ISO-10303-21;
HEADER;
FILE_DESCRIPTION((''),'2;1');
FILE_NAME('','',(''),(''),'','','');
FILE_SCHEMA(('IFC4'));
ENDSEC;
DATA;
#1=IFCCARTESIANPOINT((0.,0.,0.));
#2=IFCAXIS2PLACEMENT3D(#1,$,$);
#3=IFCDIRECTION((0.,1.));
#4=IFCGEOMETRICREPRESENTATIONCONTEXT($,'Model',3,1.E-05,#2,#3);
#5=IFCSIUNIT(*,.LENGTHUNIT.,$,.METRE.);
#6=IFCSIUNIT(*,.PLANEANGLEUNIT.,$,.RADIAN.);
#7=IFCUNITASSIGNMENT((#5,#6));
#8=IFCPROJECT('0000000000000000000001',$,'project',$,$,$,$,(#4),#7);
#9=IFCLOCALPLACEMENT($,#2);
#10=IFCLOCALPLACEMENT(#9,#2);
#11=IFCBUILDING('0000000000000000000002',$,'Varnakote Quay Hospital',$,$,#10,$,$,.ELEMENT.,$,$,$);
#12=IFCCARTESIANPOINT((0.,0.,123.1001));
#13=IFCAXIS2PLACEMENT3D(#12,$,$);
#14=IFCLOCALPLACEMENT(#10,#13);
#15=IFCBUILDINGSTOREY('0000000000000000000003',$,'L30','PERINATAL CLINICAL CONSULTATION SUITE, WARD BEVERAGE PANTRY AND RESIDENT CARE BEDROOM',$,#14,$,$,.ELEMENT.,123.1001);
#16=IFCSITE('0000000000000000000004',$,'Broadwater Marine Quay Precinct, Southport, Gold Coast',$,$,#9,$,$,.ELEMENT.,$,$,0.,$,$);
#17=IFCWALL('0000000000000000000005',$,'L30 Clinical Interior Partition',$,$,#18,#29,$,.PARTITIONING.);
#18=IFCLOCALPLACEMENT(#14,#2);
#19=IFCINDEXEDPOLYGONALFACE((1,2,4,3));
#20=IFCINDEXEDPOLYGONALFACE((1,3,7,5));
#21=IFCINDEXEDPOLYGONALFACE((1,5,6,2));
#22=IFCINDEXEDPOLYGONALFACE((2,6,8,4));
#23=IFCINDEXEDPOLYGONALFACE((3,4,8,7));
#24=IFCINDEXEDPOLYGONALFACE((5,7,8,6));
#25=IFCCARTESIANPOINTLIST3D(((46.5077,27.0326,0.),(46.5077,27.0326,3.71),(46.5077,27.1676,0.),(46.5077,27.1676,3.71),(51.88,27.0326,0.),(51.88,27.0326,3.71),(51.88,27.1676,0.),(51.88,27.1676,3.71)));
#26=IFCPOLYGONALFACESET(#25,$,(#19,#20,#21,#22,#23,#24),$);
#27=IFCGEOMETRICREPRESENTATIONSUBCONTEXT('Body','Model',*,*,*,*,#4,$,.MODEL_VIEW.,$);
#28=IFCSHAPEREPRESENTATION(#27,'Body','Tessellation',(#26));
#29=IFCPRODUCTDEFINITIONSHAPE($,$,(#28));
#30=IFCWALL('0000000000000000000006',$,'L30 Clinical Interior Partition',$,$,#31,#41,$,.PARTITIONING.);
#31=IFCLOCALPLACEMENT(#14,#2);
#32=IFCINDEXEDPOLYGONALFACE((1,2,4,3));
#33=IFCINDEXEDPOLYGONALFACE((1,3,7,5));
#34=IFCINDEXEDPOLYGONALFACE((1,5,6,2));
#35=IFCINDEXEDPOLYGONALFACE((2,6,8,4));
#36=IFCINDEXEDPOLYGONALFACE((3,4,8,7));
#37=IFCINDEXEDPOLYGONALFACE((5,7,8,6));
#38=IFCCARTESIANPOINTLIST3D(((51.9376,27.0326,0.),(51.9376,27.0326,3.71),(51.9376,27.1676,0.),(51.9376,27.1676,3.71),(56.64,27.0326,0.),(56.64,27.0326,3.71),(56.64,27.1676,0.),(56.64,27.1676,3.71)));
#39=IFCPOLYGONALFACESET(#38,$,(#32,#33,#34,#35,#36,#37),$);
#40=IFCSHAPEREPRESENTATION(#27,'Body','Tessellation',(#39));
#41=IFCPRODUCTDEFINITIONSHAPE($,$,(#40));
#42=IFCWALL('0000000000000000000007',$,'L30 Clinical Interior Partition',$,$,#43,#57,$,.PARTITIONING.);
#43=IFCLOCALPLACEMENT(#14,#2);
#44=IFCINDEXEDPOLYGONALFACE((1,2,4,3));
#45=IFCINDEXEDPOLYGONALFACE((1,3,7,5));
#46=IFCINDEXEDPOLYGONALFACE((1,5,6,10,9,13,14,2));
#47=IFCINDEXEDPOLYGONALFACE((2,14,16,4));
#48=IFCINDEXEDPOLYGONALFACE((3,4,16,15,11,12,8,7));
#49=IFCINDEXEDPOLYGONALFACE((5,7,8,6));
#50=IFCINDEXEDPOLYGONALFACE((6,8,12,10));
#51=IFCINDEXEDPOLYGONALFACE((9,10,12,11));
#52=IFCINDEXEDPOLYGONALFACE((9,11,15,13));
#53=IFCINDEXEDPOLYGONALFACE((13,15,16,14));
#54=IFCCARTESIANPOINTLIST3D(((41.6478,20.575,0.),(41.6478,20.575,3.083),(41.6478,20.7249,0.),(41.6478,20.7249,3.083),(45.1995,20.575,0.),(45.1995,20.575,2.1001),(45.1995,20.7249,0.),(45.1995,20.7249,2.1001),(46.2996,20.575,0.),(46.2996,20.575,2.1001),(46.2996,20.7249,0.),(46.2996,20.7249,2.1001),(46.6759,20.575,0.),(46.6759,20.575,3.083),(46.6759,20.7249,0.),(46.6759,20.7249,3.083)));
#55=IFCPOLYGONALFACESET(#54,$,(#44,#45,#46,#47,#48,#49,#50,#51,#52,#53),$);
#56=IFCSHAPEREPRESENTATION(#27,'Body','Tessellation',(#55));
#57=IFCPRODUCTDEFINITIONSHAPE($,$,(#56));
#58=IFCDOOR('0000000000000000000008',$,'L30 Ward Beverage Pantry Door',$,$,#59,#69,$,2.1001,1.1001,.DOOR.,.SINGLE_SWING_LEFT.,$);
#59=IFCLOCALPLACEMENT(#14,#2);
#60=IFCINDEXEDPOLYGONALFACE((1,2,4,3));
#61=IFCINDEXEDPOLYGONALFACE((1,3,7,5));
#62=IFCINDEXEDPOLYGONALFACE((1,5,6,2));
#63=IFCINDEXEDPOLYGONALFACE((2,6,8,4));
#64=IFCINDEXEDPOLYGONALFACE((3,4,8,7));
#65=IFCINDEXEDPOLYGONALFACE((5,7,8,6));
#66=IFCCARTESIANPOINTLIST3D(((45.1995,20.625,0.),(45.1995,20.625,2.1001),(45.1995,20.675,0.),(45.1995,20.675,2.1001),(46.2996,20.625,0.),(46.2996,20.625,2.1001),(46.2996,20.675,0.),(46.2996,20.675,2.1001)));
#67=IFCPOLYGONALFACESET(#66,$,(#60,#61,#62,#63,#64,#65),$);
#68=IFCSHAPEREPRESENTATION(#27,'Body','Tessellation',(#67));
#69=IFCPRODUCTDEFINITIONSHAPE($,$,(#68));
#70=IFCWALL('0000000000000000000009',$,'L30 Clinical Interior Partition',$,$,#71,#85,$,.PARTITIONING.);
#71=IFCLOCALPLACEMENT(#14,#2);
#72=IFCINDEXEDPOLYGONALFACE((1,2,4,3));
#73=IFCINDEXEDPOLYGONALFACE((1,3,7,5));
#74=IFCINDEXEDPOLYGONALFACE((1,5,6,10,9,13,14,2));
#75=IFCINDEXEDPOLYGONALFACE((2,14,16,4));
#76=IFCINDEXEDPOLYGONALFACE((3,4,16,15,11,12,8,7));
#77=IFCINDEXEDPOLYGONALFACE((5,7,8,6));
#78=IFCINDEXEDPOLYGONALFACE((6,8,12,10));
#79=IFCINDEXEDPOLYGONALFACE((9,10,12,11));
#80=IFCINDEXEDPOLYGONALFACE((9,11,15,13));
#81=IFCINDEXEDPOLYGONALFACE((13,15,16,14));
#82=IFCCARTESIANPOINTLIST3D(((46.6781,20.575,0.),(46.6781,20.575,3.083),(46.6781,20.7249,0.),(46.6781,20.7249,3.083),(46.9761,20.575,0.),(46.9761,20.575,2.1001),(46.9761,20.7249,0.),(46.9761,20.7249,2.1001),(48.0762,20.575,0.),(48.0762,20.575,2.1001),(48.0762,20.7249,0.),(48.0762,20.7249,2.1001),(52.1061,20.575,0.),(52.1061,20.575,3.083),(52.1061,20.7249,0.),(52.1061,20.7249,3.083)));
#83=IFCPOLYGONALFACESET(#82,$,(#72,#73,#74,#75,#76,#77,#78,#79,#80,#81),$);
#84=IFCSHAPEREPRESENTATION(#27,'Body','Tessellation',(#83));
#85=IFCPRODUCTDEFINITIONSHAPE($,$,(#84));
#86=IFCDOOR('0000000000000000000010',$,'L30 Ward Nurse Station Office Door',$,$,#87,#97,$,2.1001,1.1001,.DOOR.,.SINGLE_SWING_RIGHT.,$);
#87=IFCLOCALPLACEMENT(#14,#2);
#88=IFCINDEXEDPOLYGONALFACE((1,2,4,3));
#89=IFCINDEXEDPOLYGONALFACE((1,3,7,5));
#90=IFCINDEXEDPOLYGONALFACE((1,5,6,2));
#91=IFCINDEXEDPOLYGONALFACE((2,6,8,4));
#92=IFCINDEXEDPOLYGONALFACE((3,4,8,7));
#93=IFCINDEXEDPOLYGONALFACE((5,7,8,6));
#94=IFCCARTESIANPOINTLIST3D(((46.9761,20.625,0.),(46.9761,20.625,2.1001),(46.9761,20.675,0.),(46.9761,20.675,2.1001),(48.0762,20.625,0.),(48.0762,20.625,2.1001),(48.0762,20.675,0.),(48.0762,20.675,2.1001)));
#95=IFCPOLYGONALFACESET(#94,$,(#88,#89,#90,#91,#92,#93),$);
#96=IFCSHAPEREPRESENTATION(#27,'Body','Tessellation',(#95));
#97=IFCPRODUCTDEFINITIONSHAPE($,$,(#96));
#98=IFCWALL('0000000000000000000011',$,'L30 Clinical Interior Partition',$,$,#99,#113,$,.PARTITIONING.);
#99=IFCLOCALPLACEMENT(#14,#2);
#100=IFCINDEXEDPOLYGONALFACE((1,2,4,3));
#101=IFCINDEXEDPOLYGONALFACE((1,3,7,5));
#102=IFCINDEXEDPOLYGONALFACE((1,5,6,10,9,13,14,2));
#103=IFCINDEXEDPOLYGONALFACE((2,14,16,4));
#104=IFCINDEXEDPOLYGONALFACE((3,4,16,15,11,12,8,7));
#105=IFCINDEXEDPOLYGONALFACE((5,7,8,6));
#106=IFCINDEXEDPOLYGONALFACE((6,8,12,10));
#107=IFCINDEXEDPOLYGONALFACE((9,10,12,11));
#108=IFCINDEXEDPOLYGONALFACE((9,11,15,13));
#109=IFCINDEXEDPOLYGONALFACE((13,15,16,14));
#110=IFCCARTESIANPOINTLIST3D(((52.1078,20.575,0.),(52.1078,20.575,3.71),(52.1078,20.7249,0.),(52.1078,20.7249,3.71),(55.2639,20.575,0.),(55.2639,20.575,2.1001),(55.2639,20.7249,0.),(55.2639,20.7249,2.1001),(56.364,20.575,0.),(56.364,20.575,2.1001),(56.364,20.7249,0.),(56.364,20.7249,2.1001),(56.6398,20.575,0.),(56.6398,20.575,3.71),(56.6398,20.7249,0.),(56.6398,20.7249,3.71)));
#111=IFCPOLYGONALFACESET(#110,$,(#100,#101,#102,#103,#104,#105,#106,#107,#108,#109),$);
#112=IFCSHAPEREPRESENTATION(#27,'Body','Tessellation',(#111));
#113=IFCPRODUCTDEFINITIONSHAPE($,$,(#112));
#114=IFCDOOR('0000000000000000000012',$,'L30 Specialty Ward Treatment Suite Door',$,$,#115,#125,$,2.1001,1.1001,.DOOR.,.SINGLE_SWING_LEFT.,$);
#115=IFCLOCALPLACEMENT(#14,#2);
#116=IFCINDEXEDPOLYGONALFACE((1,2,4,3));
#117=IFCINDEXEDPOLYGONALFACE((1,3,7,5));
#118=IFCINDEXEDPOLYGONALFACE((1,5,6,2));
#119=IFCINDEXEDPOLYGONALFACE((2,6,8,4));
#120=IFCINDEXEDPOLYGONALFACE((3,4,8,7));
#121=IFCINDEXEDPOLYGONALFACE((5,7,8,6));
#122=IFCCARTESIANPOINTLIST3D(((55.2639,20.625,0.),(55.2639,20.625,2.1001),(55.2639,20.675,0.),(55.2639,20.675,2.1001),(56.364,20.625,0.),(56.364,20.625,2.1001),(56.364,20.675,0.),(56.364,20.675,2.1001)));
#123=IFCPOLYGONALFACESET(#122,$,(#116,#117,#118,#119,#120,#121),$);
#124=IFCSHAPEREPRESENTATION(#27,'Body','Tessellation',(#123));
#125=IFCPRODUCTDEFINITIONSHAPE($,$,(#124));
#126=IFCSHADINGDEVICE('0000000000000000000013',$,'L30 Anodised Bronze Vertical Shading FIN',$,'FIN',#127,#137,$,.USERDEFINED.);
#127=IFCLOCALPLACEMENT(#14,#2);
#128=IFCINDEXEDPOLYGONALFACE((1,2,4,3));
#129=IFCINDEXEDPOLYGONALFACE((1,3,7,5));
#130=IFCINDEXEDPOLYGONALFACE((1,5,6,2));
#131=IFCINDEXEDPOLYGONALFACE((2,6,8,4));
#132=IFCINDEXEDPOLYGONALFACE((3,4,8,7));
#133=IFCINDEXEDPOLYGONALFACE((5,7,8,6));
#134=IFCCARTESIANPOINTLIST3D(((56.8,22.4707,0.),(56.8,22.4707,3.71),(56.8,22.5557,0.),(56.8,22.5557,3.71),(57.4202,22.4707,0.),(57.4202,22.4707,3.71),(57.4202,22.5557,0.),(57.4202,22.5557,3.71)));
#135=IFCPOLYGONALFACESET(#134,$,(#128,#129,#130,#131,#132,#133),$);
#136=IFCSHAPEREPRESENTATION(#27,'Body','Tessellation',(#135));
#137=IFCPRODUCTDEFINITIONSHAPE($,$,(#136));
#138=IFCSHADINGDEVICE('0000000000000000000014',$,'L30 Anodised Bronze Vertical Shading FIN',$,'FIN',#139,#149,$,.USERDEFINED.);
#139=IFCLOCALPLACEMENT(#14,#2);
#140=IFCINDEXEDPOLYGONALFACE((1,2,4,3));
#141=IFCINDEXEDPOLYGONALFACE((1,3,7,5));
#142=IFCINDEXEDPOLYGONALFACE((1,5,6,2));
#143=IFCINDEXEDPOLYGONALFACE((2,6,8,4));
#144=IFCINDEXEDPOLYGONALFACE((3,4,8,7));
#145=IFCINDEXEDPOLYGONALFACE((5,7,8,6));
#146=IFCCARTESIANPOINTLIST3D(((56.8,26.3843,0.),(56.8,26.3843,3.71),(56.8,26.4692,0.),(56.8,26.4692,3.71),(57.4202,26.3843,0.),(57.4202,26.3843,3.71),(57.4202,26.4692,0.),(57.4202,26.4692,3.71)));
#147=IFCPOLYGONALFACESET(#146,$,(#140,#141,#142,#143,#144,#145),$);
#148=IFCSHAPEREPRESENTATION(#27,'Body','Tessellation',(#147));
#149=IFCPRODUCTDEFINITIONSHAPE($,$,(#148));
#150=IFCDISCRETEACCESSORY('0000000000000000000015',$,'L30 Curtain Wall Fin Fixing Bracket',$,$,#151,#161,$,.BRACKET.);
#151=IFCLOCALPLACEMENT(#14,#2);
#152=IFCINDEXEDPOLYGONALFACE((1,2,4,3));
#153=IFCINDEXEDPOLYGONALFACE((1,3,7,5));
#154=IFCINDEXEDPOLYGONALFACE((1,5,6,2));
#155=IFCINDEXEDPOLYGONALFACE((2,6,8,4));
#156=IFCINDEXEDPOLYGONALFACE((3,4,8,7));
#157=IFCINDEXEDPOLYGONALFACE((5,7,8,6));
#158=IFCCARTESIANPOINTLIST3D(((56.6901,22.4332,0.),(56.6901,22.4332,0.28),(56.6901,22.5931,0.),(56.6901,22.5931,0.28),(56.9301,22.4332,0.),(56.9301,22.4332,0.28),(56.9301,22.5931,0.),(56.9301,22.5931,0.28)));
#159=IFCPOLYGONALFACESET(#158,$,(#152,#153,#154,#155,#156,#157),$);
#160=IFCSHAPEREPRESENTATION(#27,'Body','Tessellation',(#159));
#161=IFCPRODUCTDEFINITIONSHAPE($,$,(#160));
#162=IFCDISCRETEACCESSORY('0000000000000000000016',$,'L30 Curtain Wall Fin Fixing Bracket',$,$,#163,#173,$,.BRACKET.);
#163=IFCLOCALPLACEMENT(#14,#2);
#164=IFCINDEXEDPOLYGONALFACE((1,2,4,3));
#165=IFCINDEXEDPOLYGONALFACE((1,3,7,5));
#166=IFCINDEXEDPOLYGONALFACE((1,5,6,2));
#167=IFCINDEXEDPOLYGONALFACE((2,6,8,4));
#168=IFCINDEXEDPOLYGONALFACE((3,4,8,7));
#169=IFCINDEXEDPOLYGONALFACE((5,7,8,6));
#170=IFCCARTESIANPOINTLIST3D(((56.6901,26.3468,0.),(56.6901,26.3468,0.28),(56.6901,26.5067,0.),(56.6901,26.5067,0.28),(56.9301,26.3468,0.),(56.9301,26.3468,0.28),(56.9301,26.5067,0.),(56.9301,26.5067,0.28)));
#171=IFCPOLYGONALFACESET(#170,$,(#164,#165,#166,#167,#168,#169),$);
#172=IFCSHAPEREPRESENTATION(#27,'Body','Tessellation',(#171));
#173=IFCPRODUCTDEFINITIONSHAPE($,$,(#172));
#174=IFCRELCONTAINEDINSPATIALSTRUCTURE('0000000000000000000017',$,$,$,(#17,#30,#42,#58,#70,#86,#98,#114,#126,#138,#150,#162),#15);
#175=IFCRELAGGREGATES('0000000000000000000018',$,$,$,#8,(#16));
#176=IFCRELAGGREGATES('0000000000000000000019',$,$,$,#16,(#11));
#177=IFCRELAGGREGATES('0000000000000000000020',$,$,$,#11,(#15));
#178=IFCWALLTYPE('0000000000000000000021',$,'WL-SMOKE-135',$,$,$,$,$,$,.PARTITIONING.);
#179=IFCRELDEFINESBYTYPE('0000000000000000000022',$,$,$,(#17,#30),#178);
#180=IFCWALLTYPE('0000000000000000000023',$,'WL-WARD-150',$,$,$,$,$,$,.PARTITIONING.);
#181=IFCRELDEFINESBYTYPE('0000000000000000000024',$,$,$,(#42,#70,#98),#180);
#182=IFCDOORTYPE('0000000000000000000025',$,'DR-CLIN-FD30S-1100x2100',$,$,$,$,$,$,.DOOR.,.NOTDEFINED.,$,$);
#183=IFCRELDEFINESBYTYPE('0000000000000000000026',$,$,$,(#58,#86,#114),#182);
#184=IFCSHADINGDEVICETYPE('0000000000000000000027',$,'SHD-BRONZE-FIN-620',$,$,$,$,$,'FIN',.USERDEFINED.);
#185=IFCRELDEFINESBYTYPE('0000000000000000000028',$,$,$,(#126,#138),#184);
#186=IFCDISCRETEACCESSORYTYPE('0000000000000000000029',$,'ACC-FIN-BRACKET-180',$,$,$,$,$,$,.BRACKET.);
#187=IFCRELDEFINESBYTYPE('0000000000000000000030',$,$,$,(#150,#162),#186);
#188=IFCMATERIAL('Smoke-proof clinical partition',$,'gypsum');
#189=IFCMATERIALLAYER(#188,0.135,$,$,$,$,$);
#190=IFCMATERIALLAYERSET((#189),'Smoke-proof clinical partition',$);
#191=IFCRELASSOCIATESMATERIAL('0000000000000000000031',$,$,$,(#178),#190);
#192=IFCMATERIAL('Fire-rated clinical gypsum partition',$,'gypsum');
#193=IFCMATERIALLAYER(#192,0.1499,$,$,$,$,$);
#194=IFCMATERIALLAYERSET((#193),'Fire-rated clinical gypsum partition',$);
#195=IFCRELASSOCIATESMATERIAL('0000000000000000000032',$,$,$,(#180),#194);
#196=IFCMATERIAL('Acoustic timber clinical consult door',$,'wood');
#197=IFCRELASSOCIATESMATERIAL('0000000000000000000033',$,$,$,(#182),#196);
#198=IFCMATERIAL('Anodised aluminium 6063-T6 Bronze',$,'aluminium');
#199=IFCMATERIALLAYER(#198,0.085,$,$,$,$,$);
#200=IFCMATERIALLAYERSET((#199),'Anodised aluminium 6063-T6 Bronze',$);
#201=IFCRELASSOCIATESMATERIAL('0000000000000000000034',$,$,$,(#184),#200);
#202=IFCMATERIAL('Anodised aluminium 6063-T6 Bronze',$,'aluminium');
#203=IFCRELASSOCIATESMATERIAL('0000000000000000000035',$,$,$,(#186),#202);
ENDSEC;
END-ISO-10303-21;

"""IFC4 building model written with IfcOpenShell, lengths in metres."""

from ifc_helpers import new_model, si_unit, direction, frame, frame_2d, origin, origin_2d, place, context, subcontext, project, spatial, rectangle, extrude, material, layer, layer_set, type_object, element, fill, save


model = new_model("IFC4")

# Units and contexts
model_context = context("Model", 3, precision=1e-05, world=origin(), true_north=direction((0.0, 1.0)))
body_context = subcontext(model_context, "Body", "Model", "MODEL_VIEW")
ifc_project = project(units=[si_unit("LENGTHUNIT", "METRE"), si_unit("PLANEANGLEUNIT", "RADIAN")], contexts=[model_context])

# Site, building, storey
site_placement = place(None, origin())
site = spatial("IfcSite", under=ifc_project, at=site_placement, Name="Broadwater Marine Quay Precinct, Southport, Gold Coast", CompositionType="ELEMENT", RefElevation=0.0)
building_placement = place(site_placement, origin())
building = spatial("IfcBuilding", under=site, at=building_placement, Name="Varnakote Quay Hospital", CompositionType="ELEMENT")
storey_placement = place(building_placement, frame((0.0, 0.0, 123.1001)))
storey = spatial("IfcBuildingStorey", under=building, at=storey_placement, Name="L30", Description="PERINATAL CLINICAL CONSULTATION SUITE, WARD BEVERAGE PANTRY AND RESIDENT CARE BEDROOM", CompositionType="ELEMENT", Elevation=123.1001)

# Walls
ifc_material_1 = material(Name="Smoke-proof clinical partition", Category="gypsum")
ifc_layer_1 = layer(ifc_material_1, 0.135)
ifc_layer_set_1 = layer_set([ifc_layer_1], Name="Smoke-proof clinical partition")
wall_type_1 = type_object("IfcWallType", Name="WL-SMOKE-135", PredefinedType="PARTITIONING", material=ifc_layer_set_1)
wall_1_placement = place(storey_placement, frame((51.8799, 27.1001, 0.0), z_axis=(0.0, 0.0, 1.0), x_axis=(-1.0, 0.0, 0.0)))
element("IfcWall", 1, at=wall_1_placement, inside=storey, type_object=wall_type_1, Name="L30 Clinical Interior Partition", PredefinedType="PARTITIONING", context=body_context, shape_type="SweptSolid", body=[
    extrude(rectangle(XDim=5.3723, YDim=0.135, at=frame_2d((2.686, 0.0))), origin(), (0.0, 0.0, 1.0), 3.71),
])
wall_2_placement = place(storey_placement, frame((56.6399, 27.1001, 0.0), z_axis=(0.0, 0.0, 1.0), x_axis=(-1.0, 0.0, 0.0)))
element("IfcWall", 2, at=wall_2_placement, inside=storey, type_object=wall_type_1, Name="L30 Clinical Interior Partition", PredefinedType="PARTITIONING", context=body_context, shape_type="SweptSolid", body=[
    extrude(rectangle(XDim=4.7024, YDim=0.135, at=frame_2d((2.3511, 0.0))), origin(), (0.0, 0.0, 1.0), 3.71),
])

# Walls, openings, doors
ifc_material_2 = material(Name="Fire-rated clinical gypsum partition", Category="gypsum")
ifc_layer_2 = layer(ifc_material_2, 0.1499)
ifc_layer_set_2 = layer_set([ifc_layer_2], Name="Fire-rated clinical gypsum partition")
wall_type_2 = type_object("IfcWallType", Name="WL-WARD-150", PredefinedType="PARTITIONING", material=ifc_layer_set_2)
wall_3_placement = place(storey_placement, frame((46.676, 20.6499, 0.0), z_axis=(0.0, 0.0, 1.0), x_axis=(-1.0, 0.0, 0.0)))
wall_3 = element("IfcWall", 3, at=wall_3_placement, inside=storey, type_object=wall_type_2, Name="L30 Clinical Interior Partition", PredefinedType="PARTITIONING", context=body_context, shape_type="SweptSolid", body=[
    extrude(rectangle(XDim=5.0281, YDim=0.1499, at=frame_2d((2.5142, 0.0))), origin(), (0.0, 0.0, 1.0), 3.083),
])
opening_1_placement = place(wall_3_placement, frame((0.3765, 0.0, 0.0)))
opening_1 = element("IfcOpeningElement", 4, at=opening_1_placement, cuts=wall_3, PredefinedType="OPENING", context=body_context, shape_type="SweptSolid", body=[
    extrude(rectangle(XDim=1.1001, YDim=2.1001, at=frame_2d((0.55, 1.05))), frame((0.0, 0.085, 0.0), z_axis=(0.0, -1.0, 0.0), x_axis=(1.0, 0.0, 0.0)), (0.0, 0.0, 1.0), 0.1699),
])
ifc_material_3 = material(Name="Acoustic timber clinical consult door", Category="wood")
door_type = type_object("IfcDoorType", Name="DR-CLIN-FD30S-1100x2100", OperationType="NOTDEFINED", PredefinedType="DOOR", material=ifc_material_3)
door_1_placement = place(opening_1_placement, origin())
door_1 = element("IfcDoor", 5, at=door_1_placement, inside=storey, type_object=door_type, Name="L30 Ward Beverage Pantry Door", OperationType="SINGLE_SWING_LEFT", OverallHeight=2.1001, OverallWidth=1.1001, PredefinedType="DOOR", context=body_context, shape_type="SweptSolid", body=[
    extrude(rectangle(XDim=1.1001, YDim=2.1001, at=frame_2d((0.55, 1.05))), frame((0.0, 0.0249, 0.0), z_axis=(0.0, -1.0, 0.0), x_axis=(1.0, 0.0, 0.0)), (0.0, 0.0, 1.0), 0.05),
])
fill(opening_1, door_1)
wall_4_placement = place(storey_placement, frame((52.106, 20.6499, 0.0), z_axis=(0.0, 0.0, 1.0), x_axis=(-1.0, 0.0, 0.0)))
wall_4 = element("IfcWall", 6, at=wall_4_placement, inside=storey, type_object=wall_type_2, Name="L30 Clinical Interior Partition", PredefinedType="PARTITIONING", context=body_context, shape_type="SweptSolid", body=[
    extrude(rectangle(XDim=5.428, YDim=0.1499, at=frame_2d((2.7139, 0.0))), origin(), (0.0, 0.0, 1.0), 3.083),
])
opening_2_placement = place(wall_4_placement, frame((4.0298, 0.0, 0.0)))
opening_2 = element("IfcOpeningElement", 7, at=opening_2_placement, cuts=wall_4, PredefinedType="OPENING", context=body_context, shape_type="SweptSolid", body=[
    extrude(rectangle(XDim=1.1001, YDim=2.1001, at=frame_2d((0.55, 1.05))), frame((0.0, 0.085, 0.0), z_axis=(0.0, -1.0, 0.0), x_axis=(1.0, 0.0, 0.0)), (0.0, 0.0, 1.0), 0.1699),
])
door_2_placement = place(opening_2_placement, origin())
door_2 = element("IfcDoor", 8, at=door_2_placement, inside=storey, type_object=door_type, Name="L30 Ward Nurse Station Office Door", OperationType="SINGLE_SWING_RIGHT", OverallHeight=2.1001, OverallWidth=1.1001, PredefinedType="DOOR", context=body_context, shape_type="SweptSolid", body=[
    extrude(rectangle(XDim=1.1001, YDim=2.1001, at=frame_2d((0.55, 1.05))), frame((0.0, 0.0249, 0.0), z_axis=(0.0, -1.0, 0.0), x_axis=(1.0, 0.0, 0.0)), (0.0, 0.0, 1.0), 0.05),
])
fill(opening_2, door_2)
wall_5_placement = place(storey_placement, frame((56.6399, 20.6499, 0.0), z_axis=(0.0, 0.0, 1.0), x_axis=(-1.0, 0.0, 0.0)))
wall_5 = element("IfcWall", 9, at=wall_5_placement, inside=storey, type_object=wall_type_2, Name="L30 Clinical Interior Partition", PredefinedType="PARTITIONING", context=body_context, shape_type="SweptSolid", body=[
    extrude(rectangle(XDim=4.532, YDim=0.1499, at=frame_2d((2.2661, 0.0))), origin(), (0.0, 0.0, 1.0), 3.71),
])
opening_3_placement = place(wall_5_placement, frame((0.2759, 0.0, 0.0)))
opening_3 = element("IfcOpeningElement", 10, at=opening_3_placement, cuts=wall_5, PredefinedType="OPENING", context=body_context, shape_type="SweptSolid", body=[
    extrude(rectangle(XDim=1.1001, YDim=2.1001, at=frame_2d((0.55, 1.05))), frame((0.0, 0.085, 0.0), z_axis=(0.0, -1.0, 0.0), x_axis=(1.0, 0.0, 0.0)), (0.0, 0.0, 1.0), 0.1699),
])
door_3_placement = place(opening_3_placement, origin())
door_3 = element("IfcDoor", 11, at=door_3_placement, inside=storey, type_object=door_type, Name="L30 Specialty Ward Treatment Suite Door", OperationType="SINGLE_SWING_LEFT", OverallHeight=2.1001, OverallWidth=1.1001, PredefinedType="DOOR", context=body_context, shape_type="SweptSolid", body=[
    extrude(rectangle(XDim=1.1001, YDim=2.1001, at=frame_2d((0.55, 1.05))), frame((0.0, 0.0249, 0.0), z_axis=(0.0, -1.0, 0.0), x_axis=(1.0, 0.0, 0.0)), (0.0, 0.0, 1.0), 0.05),
])
fill(opening_3, door_3)

# Shading devices
ifc_material_4 = material(Name="Anodised aluminium 6063-T6 Bronze", Category="aluminium")
ifc_layer_3 = layer(ifc_material_4, 0.085)
ifc_layer_set_3 = layer_set([ifc_layer_3], Name="Anodised aluminium 6063-T6 Bronze")
shading_device_type = type_object("IfcShadingDeviceType", Name="SHD-BRONZE-FIN-620", ElementType="FIN", PredefinedType="USERDEFINED", material=ifc_layer_set_3)
for number, where, z_axis, x_axis, name in (
    (12, (57.1101, 22.5132, 0.0), (0.0, 0.0, 1.0), (-1.0, 0.0, 0.0), "L30 Anodised Bronze Vertical Shading FIN"),
    (13, (57.1101, 26.4268, 0.0), (0.0, 0.0, 1.0), (-1.0, 0.0, 0.0), "L30 Anodised Bronze Vertical Shading FIN"),
):
    element("IfcShadingDevice", number, at=place(storey_placement, frame(where, z_axis=z_axis, x_axis=x_axis)), inside=storey, type_object=shading_device_type, Name=name, ObjectType="FIN", PredefinedType="USERDEFINED", context=body_context, shape_type="SweptSolid", body=[
        extrude(rectangle(XDim=0.6201, YDim=0.085, at=origin_2d()), origin(), (0.0, 0.0, 1.0), 3.71),
    ])

# Discrete accessories
ifc_material_5 = material(Name="Anodised aluminium 6063-T6 Bronze", Category="aluminium")
discrete_accessory_type = type_object("IfcDiscreteAccessoryType", Name="ACC-FIN-BRACKET-180", PredefinedType="BRACKET", material=ifc_material_5)
for number, where, z_axis, x_axis, name in (
    (14, (56.8101, 22.5132, 0.0), (0.0, 0.0, 1.0), (0.0, 1.0, 0.0), "L30 Curtain Wall Fin Fixing Bracket"),
    (15, (56.8101, 26.4268, 0.0), (0.0, 0.0, 1.0), (0.0, 1.0, 0.0), "L30 Curtain Wall Fin Fixing Bracket"),
):
    element("IfcDiscreteAccessory", number, at=place(storey_placement, frame(where, z_axis=z_axis, x_axis=x_axis)), inside=storey, type_object=discrete_accessory_type, Name=name, PredefinedType="BRACKET", context=body_context, shape_type="SweptSolid", body=[
        extrude(rectangle(XDim=0.1599, YDim=0.24, at=origin_2d()), origin(), (0.0, 0.0, 1.0), 0.28),
    ])

save(model, "model.ifc")
